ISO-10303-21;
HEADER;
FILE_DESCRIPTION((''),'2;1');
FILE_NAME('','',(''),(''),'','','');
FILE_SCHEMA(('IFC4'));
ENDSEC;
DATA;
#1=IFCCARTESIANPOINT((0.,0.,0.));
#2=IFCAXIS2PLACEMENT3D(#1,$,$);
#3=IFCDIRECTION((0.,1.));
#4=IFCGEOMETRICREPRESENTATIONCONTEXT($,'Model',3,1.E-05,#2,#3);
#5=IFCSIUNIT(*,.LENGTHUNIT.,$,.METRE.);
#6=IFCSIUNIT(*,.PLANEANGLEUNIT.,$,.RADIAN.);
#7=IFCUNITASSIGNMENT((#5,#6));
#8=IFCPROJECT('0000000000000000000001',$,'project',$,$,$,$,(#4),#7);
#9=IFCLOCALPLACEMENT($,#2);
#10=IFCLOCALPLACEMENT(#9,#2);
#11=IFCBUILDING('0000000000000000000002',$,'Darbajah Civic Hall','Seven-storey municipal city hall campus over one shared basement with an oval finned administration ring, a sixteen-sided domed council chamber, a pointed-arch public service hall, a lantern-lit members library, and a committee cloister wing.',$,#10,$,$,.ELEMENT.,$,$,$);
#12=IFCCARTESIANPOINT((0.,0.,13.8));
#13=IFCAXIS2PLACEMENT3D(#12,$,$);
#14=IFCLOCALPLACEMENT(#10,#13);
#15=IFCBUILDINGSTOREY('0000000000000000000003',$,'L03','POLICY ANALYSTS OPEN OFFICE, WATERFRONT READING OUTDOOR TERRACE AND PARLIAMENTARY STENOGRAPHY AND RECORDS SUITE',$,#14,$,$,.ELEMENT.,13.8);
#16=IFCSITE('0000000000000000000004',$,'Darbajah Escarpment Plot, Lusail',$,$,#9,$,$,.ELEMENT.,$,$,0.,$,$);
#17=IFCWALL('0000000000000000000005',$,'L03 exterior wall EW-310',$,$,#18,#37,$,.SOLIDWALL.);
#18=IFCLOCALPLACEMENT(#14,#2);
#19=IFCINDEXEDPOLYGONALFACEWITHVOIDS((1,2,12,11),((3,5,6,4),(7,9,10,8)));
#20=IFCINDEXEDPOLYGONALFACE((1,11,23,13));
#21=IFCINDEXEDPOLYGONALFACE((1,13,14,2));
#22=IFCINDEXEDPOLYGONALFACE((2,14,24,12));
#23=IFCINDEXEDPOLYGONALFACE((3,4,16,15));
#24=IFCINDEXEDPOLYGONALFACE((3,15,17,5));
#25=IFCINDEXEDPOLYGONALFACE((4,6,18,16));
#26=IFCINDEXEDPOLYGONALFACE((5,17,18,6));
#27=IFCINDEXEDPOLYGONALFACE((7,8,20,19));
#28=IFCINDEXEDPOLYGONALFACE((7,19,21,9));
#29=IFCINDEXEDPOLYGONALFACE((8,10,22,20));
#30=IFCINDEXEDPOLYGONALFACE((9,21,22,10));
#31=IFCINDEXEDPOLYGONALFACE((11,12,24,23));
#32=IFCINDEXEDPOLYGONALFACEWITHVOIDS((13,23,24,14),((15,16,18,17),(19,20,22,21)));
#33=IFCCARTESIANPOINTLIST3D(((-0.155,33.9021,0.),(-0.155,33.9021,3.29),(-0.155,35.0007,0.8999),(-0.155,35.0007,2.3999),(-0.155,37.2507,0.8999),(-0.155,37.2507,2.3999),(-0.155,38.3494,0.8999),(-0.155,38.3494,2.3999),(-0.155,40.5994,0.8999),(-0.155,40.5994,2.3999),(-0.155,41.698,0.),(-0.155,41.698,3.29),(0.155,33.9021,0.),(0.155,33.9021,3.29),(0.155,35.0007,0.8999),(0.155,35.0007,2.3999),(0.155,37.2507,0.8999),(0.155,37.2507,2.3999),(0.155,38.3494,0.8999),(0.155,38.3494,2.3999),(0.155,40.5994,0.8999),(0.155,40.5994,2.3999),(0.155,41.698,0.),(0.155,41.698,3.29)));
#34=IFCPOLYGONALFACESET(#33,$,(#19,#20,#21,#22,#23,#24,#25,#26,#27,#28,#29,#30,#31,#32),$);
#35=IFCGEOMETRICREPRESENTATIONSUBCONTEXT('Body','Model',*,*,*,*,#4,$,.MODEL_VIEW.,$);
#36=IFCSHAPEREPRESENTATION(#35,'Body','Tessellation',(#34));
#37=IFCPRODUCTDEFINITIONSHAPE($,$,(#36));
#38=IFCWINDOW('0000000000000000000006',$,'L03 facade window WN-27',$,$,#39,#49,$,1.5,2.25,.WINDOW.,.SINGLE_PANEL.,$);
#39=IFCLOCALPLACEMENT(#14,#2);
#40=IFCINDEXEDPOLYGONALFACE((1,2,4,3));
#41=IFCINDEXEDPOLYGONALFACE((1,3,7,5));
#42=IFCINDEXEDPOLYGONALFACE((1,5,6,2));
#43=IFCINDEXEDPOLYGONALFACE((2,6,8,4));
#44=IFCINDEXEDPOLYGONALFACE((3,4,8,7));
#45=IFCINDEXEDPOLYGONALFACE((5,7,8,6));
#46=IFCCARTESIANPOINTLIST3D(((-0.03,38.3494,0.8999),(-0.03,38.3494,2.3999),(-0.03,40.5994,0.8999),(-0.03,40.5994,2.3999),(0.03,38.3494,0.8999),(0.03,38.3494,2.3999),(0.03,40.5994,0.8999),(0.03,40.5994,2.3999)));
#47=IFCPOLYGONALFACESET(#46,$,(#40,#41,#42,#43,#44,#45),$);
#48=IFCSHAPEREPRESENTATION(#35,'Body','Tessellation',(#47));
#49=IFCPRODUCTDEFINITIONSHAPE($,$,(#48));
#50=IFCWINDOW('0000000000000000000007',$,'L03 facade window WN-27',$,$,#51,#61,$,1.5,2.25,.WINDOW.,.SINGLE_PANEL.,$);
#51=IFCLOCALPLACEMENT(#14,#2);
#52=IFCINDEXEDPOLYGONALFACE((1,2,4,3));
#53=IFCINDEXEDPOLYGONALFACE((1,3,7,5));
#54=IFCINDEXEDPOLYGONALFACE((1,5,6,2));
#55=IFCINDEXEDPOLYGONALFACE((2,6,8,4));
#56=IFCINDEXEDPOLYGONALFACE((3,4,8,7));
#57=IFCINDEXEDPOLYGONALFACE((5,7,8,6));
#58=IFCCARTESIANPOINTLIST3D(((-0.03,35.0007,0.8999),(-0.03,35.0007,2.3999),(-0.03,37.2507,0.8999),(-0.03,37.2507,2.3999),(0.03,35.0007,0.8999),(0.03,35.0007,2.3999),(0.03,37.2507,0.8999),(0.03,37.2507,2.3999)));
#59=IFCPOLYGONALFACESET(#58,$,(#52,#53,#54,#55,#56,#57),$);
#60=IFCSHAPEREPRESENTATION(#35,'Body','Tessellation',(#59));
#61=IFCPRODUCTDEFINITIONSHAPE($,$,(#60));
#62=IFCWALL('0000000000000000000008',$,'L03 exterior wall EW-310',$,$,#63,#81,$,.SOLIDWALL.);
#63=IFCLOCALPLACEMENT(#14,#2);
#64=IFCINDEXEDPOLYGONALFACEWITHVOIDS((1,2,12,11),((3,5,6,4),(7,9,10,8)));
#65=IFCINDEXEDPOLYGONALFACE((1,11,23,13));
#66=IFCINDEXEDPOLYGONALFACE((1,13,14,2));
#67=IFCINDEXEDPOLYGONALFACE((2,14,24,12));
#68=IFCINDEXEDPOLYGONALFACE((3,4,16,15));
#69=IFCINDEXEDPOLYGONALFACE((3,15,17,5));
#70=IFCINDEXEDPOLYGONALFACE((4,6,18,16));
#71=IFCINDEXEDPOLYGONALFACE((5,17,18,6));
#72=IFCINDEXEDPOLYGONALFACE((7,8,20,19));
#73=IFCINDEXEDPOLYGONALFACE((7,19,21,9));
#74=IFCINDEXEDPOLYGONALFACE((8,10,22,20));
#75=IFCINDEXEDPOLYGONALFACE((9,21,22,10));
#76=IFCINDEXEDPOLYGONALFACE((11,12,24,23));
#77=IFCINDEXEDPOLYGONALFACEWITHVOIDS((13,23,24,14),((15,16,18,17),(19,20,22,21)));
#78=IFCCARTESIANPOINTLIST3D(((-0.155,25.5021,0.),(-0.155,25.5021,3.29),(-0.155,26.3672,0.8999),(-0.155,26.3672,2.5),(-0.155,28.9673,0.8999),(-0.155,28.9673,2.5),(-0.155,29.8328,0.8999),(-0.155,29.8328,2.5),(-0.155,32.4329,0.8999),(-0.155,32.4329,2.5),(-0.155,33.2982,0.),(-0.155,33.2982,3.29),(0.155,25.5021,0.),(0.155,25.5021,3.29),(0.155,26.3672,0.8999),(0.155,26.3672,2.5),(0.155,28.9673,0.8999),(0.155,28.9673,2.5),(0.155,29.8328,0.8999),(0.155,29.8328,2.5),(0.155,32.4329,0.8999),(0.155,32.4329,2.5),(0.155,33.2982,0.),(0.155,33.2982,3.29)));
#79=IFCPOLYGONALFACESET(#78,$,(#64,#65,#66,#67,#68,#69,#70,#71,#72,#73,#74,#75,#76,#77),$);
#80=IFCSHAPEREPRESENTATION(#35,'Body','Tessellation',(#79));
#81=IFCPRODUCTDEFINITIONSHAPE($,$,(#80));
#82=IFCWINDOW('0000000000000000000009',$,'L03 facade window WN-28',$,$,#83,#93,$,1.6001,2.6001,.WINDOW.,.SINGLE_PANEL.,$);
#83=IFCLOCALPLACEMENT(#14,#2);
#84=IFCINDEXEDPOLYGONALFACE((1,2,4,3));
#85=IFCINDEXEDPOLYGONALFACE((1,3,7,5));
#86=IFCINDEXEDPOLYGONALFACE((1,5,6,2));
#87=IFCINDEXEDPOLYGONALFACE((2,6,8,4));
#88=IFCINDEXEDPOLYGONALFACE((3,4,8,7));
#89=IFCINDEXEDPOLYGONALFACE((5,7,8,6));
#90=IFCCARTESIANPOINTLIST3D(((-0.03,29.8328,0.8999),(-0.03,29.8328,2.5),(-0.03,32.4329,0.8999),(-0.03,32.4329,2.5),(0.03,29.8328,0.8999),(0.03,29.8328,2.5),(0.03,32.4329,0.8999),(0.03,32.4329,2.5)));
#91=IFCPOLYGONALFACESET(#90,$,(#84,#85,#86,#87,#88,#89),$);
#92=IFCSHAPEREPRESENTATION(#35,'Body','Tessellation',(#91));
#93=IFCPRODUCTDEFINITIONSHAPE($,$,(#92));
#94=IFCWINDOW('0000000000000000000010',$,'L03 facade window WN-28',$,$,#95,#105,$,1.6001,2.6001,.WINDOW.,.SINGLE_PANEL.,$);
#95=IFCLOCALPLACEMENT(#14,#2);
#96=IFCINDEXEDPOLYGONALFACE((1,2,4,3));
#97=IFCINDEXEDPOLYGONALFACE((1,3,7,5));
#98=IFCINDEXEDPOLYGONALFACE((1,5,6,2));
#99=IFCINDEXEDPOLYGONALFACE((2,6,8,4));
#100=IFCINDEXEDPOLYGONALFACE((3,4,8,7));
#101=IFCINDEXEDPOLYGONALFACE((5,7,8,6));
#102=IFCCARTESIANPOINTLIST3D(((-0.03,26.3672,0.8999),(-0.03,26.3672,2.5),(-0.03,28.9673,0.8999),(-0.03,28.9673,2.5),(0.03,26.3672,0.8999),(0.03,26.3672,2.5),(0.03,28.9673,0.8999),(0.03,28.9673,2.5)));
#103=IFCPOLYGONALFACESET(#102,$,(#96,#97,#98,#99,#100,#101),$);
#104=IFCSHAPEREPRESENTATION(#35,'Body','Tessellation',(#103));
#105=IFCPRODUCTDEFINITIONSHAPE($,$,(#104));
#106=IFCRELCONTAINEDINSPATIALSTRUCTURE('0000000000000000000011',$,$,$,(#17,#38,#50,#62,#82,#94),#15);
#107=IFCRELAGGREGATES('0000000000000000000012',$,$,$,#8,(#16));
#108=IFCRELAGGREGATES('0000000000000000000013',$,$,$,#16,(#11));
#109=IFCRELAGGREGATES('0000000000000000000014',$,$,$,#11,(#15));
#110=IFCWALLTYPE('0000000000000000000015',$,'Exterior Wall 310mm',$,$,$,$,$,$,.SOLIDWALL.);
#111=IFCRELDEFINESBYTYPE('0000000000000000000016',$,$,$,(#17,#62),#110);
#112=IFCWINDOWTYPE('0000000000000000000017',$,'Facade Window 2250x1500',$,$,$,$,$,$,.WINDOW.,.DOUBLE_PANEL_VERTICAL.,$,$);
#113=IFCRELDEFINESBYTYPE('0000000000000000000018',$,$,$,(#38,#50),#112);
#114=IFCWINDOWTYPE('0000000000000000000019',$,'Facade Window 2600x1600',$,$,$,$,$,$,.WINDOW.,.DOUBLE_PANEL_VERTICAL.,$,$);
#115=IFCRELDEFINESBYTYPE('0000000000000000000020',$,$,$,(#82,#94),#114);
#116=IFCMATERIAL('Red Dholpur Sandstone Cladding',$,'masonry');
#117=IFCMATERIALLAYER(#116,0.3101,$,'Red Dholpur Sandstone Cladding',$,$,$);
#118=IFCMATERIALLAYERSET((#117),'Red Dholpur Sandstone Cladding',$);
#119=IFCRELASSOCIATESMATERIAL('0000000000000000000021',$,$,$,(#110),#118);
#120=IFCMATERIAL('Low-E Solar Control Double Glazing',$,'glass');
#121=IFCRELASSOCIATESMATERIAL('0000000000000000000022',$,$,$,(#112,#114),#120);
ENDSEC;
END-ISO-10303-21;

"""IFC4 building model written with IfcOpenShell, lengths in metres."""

from ifc_helpers import new_model, si_unit, direction, frame, frame_2d, origin, place, context, subcontext, project, spatial, rectangle, extrude, material, layer, layer_set, type_object, element, fill, save


model = new_model("IFC4")

# Units and contexts
model_context = context("Model", 3, precision=1e-05, world=origin(), true_north=direction((0.0, 1.0)))
body_context = subcontext(model_context, "Body", "Model", "MODEL_VIEW")
ifc_project = project(units=[si_unit("LENGTHUNIT", "METRE"), si_unit("PLANEANGLEUNIT", "RADIAN")], contexts=[model_context])

# Site, building, storey
site_placement = place(None, origin())
site = spatial("IfcSite", under=ifc_project, at=site_placement, Name="Darbajah Escarpment Plot, Lusail", CompositionType="ELEMENT", RefElevation=0.0)
building_placement = place(site_placement, origin())
building = spatial("IfcBuilding", under=site, at=building_placement, Name="Darbajah Civic Hall", Description="Seven-storey municipal city hall campus over one shared basement with an oval finned administration ring, a sixteen-sided domed council chamber, a pointed-arch public service hall, a lantern-lit members library, and a committee cloister wing.", CompositionType="ELEMENT")
storey_placement = place(building_placement, frame((0.0, 0.0, 13.8)))
storey = spatial("IfcBuildingStorey", under=building, at=storey_placement, Name="L03", Description="POLICY ANALYSTS OPEN OFFICE, WATERFRONT READING OUTDOOR TERRACE AND PARLIAMENTARY STENOGRAPHY AND RECORDS SUITE", CompositionType="ELEMENT", Elevation=13.8)

# Walls, openings, windows
ifc_material_1 = material(Name="Red Dholpur Sandstone Cladding", Category="masonry")
ifc_layer_1 = layer(ifc_material_1, 0.3101, Name="Red Dholpur Sandstone Cladding")
ifc_layer_set_1 = layer_set([ifc_layer_1], Name="Red Dholpur Sandstone Cladding")
wall_type_1 = type_object("IfcWallType", Name="Exterior Wall 310mm", PredefinedType="SOLIDWALL", material=ifc_layer_set_1)
ifc_material_2 = material(Name="Low-E Solar Control Double Glazing", Category="glass")
wall_1_placement = place(storey_placement, frame((0.0, 41.698, 0.0), z_axis=(0.0, 0.0, 1.0), x_axis=(0.0, -1.0, 0.0)))
wall_1 = element("IfcWall", 1, at=wall_1_placement, inside=storey, type_object=wall_type_1, Name="L03 exterior wall EW-310", PredefinedType="SOLIDWALL", context=body_context, shape_type="SweptSolid", body=[
    extrude(rectangle(XDim=7.7959, YDim=0.3101, at=frame_2d((3.8979, 0.0))), origin(), (0.0, 0.0, 1.0), 3.29),
])
opening_1_placement = place(wall_1_placement, frame((1.0986, 0.0, 0.8999)))
opening_1 = element("IfcOpeningElement", 2, at=opening_1_placement, cuts=wall_1, PredefinedType="OPENING", context=body_context, shape_type="SweptSolid", body=[
    extrude(rectangle(XDim=2.25, YDim=1.5, at=frame_2d((1.125, 0.75))), frame((0.0, 0.165, 0.0), z_axis=(0.0, -1.0, 0.0), x_axis=(1.0, 0.0, 0.0)), (0.0, 0.0, 1.0), 0.3301),
])
opening_2_placement = place(wall_1_placement, frame((4.4473, 0.0, 0.8999)))
opening_2 = element("IfcOpeningElement", 3, at=opening_2_placement, cuts=wall_1, PredefinedType="OPENING", context=body_context, shape_type="SweptSolid", body=[
    extrude(rectangle(XDim=2.25, YDim=1.5, at=frame_2d((1.125, 0.75))), frame((0.0, 0.165, 0.0), z_axis=(0.0, -1.0, 0.0), x_axis=(1.0, 0.0, 0.0)), (0.0, 0.0, 1.0), 0.3301),
])
window_type_1 = type_object("IfcWindowType", Name="Facade Window 2250x1500", PartitioningType="DOUBLE_PANEL_VERTICAL", PredefinedType="WINDOW", material=ifc_material_2)
window_1_placement = place(opening_1_placement, origin())
window_1 = element("IfcWindow", 4, at=window_1_placement, inside=storey, type_object=window_type_1, Name="L03 facade window WN-27", OverallHeight=1.5, OverallWidth=2.25, PartitioningType="SINGLE_PANEL", PredefinedType="WINDOW", context=body_context, shape_type="SweptSolid", body=[
    extrude(rectangle(XDim=2.25, YDim=1.5, at=frame_2d((1.125, 0.75))), frame((0.0, 0.03, 0.0), z_axis=(0.0, -1.0, 0.0), x_axis=(1.0, 0.0, 0.0)), (0.0, 0.0, 1.0), 0.0601),
])
fill(opening_1, window_1)
window_2_placement = place(opening_2_placement, origin())
window_2 = element("IfcWindow", 5, at=window_2_placement, inside=storey, type_object=window_type_1, Name="L03 facade window WN-27", OverallHeight=1.5, OverallWidth=2.25, PartitioningType="SINGLE_PANEL", PredefinedType="WINDOW", context=body_context, shape_type="SweptSolid", body=[
    extrude(rectangle(XDim=2.25, YDim=1.5, at=frame_2d((1.125, 0.75))), frame((0.0, 0.03, 0.0), z_axis=(0.0, -1.0, 0.0), x_axis=(1.0, 0.0, 0.0)), (0.0, 0.0, 1.0), 0.0601),
])
fill(opening_2, window_2)
wall_2_placement = place(storey_placement, frame((0.0, 33.2981, 0.0), z_axis=(0.0, 0.0, 1.0), x_axis=(0.0, -1.0, 0.0)))
wall_2 = element("IfcWall", 6, at=wall_2_placement, inside=storey, type_object=wall_type_1, Name="L03 exterior wall EW-310", PredefinedType="SOLIDWALL", context=body_context, shape_type="SweptSolid", body=[
    extrude(rectangle(XDim=7.7961, YDim=0.3101, at=frame_2d((3.8979, 0.0))), origin(), (0.0, 0.0, 1.0), 3.29),
])
opening_3_placement = place(wall_2_placement, frame((0.8652, 0.0, 0.8999)))
opening_3 = element("IfcOpeningElement", 7, at=opening_3_placement, cuts=wall_2, PredefinedType="OPENING", context=body_context, shape_type="SweptSolid", body=[
    extrude(rectangle(XDim=2.6001, YDim=1.6001, at=frame_2d((1.3, 0.8))), frame((0.0, 0.165, 0.0), z_axis=(0.0, -1.0, 0.0), x_axis=(1.0, 0.0, 0.0)), (0.0, 0.0, 1.0), 0.3301),
])
opening_4_placement = place(wall_2_placement, frame((4.3308, 0.0, 0.8999)))
opening_4 = element("IfcOpeningElement", 8, at=opening_4_placement, cuts=wall_2, PredefinedType="OPENING", context=body_context, shape_type="SweptSolid", body=[
    extrude(rectangle(XDim=2.6001, YDim=1.6001, at=frame_2d((1.3, 0.8))), frame((0.0, 0.165, 0.0), z_axis=(0.0, -1.0, 0.0), x_axis=(1.0, 0.0, 0.0)), (0.0, 0.0, 1.0), 0.3301),
])
window_type_2 = type_object("IfcWindowType", Name="Facade Window 2600x1600", PartitioningType="DOUBLE_PANEL_VERTICAL", PredefinedType="WINDOW", material=ifc_material_2)
window_3_placement = place(opening_3_placement, origin())
window_3 = element("IfcWindow", 9, at=window_3_placement, inside=storey, type_object=window_type_2, Name="L03 facade window WN-28", OverallHeight=1.6001, OverallWidth=2.6001, PartitioningType="SINGLE_PANEL", PredefinedType="WINDOW", context=body_context, shape_type="SweptSolid", body=[
    extrude(rectangle(XDim=2.6001, YDim=1.6001, at=frame_2d((1.3, 0.8))), frame((0.0, 0.03, 0.0), z_axis=(0.0, -1.0, 0.0), x_axis=(1.0, 0.0, 0.0)), (0.0, 0.0, 1.0), 0.0601),
])
fill(opening_3, window_3)
window_4_placement = place(opening_4_placement, origin())
window_4 = element("IfcWindow", 10, at=window_4_placement, inside=storey, type_object=window_type_2, Name="L03 facade window WN-28", OverallHeight=1.6001, OverallWidth=2.6001, PartitioningType="SINGLE_PANEL", PredefinedType="WINDOW", context=body_context, shape_type="SweptSolid", body=[
    extrude(rectangle(XDim=2.6001, YDim=1.6001, at=frame_2d((1.3, 0.8))), frame((0.0, 0.03, 0.0), z_axis=(0.0, -1.0, 0.0), x_axis=(1.0, 0.0, 0.0)), (0.0, 0.0, 1.0), 0.0601),
])
fill(opening_4, window_4)

save(model, "model.ifc")
